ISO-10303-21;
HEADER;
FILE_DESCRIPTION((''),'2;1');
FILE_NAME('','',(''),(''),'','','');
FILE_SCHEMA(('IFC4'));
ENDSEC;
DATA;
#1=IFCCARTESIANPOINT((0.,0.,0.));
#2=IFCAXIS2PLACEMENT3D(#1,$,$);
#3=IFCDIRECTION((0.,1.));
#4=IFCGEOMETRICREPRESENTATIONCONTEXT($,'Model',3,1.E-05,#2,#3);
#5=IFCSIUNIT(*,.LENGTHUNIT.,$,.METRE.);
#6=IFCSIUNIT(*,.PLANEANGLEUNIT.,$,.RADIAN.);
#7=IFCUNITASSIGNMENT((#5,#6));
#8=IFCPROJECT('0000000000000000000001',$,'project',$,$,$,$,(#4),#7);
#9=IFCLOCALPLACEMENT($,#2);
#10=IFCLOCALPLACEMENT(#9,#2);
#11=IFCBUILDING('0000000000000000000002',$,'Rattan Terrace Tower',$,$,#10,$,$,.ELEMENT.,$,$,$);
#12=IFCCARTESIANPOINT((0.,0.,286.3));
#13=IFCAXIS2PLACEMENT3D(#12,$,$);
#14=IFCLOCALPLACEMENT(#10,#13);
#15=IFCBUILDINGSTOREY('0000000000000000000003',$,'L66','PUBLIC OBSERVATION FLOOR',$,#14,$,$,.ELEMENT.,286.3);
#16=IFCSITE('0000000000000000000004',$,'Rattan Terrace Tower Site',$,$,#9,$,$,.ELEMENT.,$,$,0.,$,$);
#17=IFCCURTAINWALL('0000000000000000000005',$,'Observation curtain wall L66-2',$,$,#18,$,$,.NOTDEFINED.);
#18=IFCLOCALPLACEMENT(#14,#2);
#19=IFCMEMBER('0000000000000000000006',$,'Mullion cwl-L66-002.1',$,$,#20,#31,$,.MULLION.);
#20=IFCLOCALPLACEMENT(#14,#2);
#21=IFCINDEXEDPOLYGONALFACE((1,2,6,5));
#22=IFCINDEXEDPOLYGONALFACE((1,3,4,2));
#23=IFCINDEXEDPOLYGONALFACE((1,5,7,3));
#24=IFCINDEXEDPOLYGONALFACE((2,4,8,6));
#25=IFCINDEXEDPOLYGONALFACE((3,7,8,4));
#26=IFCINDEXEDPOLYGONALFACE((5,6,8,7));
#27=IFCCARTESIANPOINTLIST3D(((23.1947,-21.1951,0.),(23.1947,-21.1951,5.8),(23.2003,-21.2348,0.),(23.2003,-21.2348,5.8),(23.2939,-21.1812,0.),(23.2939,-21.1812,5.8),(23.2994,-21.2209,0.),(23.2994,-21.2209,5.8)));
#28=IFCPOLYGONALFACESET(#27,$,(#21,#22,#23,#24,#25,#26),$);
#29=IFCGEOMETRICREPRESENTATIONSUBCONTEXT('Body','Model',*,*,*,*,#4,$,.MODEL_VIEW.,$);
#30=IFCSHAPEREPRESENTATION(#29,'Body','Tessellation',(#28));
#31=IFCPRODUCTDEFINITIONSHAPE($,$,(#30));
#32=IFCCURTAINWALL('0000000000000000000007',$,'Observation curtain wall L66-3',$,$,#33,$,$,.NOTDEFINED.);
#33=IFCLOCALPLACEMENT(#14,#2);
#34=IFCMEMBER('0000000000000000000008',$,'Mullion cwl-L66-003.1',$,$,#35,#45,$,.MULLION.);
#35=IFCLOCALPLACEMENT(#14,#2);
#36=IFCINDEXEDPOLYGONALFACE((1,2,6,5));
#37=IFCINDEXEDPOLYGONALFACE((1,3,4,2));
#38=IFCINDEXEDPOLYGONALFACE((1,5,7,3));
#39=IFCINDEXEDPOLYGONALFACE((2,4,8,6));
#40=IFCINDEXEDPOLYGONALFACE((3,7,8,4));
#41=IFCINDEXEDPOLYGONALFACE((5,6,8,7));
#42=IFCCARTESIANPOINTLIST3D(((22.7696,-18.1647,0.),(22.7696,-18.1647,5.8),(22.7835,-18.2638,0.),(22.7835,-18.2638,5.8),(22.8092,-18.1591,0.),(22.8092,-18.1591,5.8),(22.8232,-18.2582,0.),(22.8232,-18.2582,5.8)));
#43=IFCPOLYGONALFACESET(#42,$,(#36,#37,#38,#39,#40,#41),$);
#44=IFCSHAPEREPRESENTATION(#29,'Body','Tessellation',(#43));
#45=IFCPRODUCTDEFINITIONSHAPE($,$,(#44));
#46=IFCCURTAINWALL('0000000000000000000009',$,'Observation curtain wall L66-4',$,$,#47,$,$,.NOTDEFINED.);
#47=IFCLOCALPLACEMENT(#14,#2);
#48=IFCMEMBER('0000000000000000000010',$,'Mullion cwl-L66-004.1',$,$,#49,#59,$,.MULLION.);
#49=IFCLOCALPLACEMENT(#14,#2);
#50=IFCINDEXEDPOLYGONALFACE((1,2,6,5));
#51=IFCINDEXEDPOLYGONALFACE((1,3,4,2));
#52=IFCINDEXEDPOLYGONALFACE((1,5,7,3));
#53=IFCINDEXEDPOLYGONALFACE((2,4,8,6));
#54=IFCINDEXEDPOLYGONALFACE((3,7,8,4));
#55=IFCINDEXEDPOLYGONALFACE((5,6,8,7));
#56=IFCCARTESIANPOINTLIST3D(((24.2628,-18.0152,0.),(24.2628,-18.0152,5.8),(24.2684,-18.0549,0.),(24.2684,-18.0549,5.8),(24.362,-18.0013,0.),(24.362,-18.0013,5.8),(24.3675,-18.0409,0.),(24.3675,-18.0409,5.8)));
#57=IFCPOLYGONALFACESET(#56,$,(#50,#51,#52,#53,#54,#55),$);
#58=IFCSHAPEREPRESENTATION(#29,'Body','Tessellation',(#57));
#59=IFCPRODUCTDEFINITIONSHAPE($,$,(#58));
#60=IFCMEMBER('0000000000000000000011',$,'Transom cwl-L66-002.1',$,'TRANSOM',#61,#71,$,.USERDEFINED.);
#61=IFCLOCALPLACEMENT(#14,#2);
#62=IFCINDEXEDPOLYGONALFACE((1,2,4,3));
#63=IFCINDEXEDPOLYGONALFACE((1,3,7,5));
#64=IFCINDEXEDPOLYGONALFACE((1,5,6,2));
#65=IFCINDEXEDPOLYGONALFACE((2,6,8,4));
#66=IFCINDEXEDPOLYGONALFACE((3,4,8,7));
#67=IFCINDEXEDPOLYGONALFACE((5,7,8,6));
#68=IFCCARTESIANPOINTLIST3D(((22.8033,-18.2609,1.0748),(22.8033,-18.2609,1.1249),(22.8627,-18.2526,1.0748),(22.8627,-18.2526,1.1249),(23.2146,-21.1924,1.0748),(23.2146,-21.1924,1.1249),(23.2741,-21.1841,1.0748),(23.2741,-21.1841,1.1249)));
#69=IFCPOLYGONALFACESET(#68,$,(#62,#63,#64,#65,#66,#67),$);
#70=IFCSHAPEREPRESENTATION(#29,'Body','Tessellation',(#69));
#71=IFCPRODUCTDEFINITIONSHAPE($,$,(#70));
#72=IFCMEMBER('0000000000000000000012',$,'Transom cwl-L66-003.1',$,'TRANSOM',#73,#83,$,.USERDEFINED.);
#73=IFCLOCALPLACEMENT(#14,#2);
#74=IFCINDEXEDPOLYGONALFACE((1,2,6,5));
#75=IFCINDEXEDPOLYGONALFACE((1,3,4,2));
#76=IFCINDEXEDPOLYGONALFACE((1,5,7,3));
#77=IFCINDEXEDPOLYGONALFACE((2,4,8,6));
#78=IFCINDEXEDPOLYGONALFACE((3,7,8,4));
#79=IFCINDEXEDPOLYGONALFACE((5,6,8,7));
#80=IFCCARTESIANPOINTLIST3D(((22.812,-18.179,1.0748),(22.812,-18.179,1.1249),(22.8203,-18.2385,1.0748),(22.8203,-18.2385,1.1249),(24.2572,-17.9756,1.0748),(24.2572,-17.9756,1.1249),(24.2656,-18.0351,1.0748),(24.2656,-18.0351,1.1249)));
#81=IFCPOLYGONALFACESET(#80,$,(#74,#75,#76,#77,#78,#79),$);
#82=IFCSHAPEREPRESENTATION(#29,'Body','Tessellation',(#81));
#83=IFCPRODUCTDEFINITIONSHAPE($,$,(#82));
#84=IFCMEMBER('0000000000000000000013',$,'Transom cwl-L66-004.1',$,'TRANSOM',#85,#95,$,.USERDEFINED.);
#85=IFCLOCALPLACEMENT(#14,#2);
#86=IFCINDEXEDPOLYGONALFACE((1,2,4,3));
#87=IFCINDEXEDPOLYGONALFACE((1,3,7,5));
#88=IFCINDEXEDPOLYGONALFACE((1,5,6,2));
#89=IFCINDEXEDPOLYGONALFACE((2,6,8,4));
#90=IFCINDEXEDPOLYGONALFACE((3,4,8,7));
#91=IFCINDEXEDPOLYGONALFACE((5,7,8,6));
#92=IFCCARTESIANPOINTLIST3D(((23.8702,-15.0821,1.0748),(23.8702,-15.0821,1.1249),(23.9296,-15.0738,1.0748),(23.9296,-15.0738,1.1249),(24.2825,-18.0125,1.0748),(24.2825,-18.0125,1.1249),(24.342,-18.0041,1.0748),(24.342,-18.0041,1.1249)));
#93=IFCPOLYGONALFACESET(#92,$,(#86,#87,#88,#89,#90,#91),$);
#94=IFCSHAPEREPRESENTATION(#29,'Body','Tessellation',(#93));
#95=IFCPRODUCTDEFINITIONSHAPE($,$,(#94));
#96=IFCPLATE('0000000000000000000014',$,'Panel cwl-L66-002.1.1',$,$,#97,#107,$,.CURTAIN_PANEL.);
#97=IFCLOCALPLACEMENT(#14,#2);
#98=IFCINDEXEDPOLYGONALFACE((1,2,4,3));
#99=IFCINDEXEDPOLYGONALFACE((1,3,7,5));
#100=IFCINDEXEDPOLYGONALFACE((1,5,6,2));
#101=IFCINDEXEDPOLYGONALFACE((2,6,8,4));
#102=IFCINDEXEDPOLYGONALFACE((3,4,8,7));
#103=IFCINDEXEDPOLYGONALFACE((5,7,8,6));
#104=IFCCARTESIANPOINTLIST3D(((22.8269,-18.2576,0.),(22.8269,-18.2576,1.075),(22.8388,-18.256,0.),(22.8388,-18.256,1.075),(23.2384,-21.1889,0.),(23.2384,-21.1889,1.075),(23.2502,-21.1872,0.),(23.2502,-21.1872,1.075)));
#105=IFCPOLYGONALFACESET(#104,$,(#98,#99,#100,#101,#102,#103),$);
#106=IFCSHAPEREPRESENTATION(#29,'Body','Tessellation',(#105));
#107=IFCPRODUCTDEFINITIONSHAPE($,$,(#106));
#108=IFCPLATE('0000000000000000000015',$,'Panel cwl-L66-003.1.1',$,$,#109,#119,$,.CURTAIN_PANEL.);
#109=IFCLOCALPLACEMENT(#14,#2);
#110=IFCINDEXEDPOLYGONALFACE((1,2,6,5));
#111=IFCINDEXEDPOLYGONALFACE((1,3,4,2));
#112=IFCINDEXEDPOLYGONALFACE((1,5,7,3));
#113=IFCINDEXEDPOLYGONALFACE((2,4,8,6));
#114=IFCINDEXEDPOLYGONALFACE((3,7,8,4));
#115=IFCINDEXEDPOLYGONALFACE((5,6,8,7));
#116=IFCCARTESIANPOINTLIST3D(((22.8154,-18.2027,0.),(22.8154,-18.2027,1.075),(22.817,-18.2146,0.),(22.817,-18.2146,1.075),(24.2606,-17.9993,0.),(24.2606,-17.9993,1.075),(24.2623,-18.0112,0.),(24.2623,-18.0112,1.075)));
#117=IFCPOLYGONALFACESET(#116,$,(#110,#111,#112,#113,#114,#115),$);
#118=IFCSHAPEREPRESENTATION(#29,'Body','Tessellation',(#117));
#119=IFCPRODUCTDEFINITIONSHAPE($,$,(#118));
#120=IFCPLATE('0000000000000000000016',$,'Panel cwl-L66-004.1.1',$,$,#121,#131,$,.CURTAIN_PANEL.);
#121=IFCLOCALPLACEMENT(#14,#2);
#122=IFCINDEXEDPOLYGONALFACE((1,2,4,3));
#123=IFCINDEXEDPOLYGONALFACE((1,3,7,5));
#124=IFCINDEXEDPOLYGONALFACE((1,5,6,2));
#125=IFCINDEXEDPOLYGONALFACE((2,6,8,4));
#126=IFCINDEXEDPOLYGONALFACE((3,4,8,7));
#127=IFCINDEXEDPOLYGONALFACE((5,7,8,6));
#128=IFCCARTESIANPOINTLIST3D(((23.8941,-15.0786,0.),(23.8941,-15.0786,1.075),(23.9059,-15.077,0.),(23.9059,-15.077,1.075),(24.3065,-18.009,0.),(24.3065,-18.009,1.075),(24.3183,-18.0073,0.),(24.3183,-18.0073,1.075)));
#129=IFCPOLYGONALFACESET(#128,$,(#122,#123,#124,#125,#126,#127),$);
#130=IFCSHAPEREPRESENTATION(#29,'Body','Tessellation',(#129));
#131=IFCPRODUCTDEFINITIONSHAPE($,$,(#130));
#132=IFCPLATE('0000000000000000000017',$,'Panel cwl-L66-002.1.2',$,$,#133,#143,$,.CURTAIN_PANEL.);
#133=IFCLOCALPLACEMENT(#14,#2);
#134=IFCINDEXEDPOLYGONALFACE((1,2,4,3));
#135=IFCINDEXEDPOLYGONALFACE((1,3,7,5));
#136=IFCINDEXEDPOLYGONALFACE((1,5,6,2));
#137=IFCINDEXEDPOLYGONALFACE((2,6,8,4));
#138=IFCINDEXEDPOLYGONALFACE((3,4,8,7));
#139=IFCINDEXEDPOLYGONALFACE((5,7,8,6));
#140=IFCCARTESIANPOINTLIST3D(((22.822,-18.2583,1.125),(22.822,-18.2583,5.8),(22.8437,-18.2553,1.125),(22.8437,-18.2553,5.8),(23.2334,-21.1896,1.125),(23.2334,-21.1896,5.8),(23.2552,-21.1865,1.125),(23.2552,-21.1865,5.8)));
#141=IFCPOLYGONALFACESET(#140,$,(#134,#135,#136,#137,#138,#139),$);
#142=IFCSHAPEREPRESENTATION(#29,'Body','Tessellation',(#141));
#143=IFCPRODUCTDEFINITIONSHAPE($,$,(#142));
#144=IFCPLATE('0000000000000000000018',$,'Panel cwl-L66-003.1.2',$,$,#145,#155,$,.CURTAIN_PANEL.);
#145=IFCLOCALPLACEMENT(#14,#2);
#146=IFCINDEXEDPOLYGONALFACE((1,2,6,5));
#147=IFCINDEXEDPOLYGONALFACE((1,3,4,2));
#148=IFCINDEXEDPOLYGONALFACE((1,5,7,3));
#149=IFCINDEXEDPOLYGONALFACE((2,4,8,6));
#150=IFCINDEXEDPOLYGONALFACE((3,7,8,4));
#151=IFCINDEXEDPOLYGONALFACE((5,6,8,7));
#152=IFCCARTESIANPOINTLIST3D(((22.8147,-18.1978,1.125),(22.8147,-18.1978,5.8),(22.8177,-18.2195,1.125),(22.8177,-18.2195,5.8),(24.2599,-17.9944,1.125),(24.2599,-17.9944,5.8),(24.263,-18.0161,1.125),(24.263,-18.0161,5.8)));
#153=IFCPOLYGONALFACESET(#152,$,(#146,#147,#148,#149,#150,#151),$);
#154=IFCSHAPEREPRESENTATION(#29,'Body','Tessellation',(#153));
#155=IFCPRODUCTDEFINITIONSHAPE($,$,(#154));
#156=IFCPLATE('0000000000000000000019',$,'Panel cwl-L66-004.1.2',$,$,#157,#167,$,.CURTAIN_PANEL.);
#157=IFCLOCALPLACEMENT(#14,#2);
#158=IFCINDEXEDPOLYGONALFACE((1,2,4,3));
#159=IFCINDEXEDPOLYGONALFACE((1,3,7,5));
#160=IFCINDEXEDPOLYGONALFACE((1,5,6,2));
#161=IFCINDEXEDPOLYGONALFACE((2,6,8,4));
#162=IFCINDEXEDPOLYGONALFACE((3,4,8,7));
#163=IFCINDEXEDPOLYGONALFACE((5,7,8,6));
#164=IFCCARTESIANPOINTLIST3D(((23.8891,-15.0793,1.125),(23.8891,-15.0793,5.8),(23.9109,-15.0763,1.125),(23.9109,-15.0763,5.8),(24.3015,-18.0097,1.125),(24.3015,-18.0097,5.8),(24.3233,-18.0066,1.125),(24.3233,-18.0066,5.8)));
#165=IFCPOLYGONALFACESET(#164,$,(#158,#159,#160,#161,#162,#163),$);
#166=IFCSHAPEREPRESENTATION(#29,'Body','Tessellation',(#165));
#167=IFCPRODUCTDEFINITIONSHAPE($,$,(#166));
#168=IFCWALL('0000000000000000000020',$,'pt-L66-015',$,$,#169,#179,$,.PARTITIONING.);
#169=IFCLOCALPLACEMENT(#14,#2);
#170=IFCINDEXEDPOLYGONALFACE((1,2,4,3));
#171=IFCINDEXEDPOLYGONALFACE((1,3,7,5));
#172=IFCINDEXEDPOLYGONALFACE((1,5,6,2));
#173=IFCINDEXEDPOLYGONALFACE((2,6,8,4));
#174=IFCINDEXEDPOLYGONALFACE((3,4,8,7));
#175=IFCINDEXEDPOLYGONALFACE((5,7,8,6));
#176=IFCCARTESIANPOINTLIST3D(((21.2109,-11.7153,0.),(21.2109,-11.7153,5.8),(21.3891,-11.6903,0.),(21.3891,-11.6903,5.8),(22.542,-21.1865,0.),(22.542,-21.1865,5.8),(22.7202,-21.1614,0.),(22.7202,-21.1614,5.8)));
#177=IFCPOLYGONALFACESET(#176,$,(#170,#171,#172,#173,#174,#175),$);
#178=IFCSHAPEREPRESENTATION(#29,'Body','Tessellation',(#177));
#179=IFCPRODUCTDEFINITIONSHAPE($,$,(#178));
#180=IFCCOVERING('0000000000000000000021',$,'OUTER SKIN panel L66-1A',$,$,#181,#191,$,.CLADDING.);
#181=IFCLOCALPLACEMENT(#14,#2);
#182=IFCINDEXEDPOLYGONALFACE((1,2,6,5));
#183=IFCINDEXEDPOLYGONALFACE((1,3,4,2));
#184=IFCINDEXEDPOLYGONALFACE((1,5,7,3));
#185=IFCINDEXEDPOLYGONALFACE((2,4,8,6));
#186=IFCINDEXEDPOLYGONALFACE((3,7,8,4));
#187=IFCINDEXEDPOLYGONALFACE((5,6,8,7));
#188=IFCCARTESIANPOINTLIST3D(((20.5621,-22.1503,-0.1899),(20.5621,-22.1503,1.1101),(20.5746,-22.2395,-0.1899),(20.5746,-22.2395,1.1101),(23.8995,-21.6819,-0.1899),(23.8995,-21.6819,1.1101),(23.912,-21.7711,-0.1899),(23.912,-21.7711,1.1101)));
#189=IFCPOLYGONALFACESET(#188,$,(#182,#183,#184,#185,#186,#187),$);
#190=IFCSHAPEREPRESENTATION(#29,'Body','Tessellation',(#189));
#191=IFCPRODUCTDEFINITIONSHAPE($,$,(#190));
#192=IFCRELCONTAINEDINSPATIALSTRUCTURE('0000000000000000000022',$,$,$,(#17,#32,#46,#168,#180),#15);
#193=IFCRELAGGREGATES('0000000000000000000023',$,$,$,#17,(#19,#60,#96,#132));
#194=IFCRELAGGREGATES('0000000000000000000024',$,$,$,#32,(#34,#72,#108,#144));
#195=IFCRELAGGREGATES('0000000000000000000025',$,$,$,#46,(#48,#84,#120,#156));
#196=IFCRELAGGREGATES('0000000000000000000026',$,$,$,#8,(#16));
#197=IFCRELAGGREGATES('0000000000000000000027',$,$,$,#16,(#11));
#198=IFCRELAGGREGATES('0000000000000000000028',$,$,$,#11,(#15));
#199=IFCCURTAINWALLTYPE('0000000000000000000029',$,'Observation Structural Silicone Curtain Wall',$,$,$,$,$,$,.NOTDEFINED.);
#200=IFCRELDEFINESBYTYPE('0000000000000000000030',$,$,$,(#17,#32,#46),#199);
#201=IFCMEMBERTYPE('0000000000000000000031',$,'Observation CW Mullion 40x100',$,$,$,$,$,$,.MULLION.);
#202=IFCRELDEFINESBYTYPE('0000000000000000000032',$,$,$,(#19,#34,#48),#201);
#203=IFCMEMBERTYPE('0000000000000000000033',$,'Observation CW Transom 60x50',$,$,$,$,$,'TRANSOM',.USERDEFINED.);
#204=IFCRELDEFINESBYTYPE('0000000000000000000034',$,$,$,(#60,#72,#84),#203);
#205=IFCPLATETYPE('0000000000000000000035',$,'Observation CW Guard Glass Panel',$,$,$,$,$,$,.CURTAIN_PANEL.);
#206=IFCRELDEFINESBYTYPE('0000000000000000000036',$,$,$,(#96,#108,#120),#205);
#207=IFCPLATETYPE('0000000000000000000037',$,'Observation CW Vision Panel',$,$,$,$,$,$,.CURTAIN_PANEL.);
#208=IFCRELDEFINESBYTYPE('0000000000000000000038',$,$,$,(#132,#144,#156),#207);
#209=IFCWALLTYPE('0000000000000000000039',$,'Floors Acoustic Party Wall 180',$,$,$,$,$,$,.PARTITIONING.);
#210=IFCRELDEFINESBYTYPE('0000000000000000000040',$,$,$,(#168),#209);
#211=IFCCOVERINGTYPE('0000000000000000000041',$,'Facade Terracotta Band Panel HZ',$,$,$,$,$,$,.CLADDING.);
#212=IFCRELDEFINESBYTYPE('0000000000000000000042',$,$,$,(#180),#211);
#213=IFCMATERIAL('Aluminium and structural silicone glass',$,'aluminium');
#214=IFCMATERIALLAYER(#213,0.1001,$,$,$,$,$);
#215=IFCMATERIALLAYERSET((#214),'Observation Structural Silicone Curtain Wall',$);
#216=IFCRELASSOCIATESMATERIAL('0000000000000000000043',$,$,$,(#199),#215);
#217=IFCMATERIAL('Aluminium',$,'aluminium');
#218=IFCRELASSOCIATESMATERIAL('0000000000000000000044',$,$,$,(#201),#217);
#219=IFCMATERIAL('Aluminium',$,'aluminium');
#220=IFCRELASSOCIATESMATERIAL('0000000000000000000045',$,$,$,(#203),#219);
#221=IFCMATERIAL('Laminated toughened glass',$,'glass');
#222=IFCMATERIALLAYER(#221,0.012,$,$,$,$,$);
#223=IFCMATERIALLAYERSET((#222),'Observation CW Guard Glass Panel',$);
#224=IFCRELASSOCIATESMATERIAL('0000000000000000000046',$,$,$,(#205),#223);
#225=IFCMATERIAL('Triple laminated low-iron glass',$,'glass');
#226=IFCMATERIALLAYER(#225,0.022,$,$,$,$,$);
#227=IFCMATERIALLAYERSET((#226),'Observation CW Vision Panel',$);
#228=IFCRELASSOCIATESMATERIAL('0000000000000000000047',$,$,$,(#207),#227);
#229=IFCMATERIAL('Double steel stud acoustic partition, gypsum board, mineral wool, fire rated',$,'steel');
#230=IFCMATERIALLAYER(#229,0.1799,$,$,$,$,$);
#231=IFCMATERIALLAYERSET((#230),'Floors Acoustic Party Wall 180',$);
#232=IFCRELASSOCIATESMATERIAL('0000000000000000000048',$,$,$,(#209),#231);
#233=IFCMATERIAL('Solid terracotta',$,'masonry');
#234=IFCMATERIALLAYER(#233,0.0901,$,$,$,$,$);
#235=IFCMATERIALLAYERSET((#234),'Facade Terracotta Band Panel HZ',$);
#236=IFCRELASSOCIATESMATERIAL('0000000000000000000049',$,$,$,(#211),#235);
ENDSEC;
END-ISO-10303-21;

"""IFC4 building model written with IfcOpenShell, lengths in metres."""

from ifc_helpers import new_model, si_unit, direction, frame, frame_2d, origin, origin_2d, place, context, subcontext, project, spatial, rectangle, extrude, material, layer, layer_set, material_profile, profile_set, type_object, element, aggregate, save


model = new_model("IFC4")

# Units and contexts
model_context = context("Model", 3, precision=1e-05, world=origin(), true_north=direction((0.0, 1.0)))
body_context = subcontext(model_context, "Body", "Model", "MODEL_VIEW")
ifc_project = project(units=[si_unit("LENGTHUNIT", "METRE"), si_unit("PLANEANGLEUNIT", "RADIAN")], contexts=[model_context])

# Site, building, storey
site_placement = place(None, origin())
site = spatial("IfcSite", under=ifc_project, at=site_placement, Name="Rattan Terrace Tower Site", CompositionType="ELEMENT", RefElevation=0.0)
building_placement = place(site_placement, origin())
building = spatial("IfcBuilding", under=site, at=building_placement, Name="Rattan Terrace Tower", CompositionType="ELEMENT")
storey_placement = place(building_placement, frame((0.0, 0.0, 286.3)))
storey = spatial("IfcBuildingStorey", under=building, at=storey_placement, Name="L66", Description="PUBLIC OBSERVATION FLOOR", CompositionType="ELEMENT", Elevation=286.3)

# Curtain walls, members
ifc_material_1 = material(Name="Aluminium and structural silicone glass", Category="aluminium")
ifc_layer_1 = layer(ifc_material_1, 0.1001)
ifc_layer_set_1 = layer_set([ifc_layer_1], Name="Observation Structural Silicone Curtain Wall")
curtain_wall_type = type_object("IfcCurtainWallType", Name="Observation Structural Silicone Curtain Wall", PredefinedType="NOTDEFINED", material=ifc_layer_set_1)
curtain_wall_1_placement = place(storey_placement, origin())
curtain_wall_1 = element("IfcCurtainWall", 1, at=curtain_wall_1_placement, inside=storey, type_object=curtain_wall_type, Name="Observation curtain wall L66-2", PredefinedType="NOTDEFINED")
ifc_material_2 = material(Name="Aluminium", Category="aluminium")
ifc_material_profile_1 = material_profile(ifc_material_2, rectangle(XDim=0.04, YDim=0.1001, at=origin_2d()), Name="Aluminium 40x100")
ifc_profile_set_1 = profile_set([ifc_material_profile_1], Name="Aluminium")
member_type_1 = type_object("IfcMemberType", Name="Observation CW Mullion 40x100", PredefinedType="MULLION", material=ifc_profile_set_1)
member_1_placement = place(storey_placement, frame((23.2471, -21.208, 0.0), z_axis=(0.0, 0.0, 1.0), x_axis=(-0.138994, 0.990293, 0.0)))
member_1 = element("IfcMember", 2, at=member_1_placement, type_object=member_type_1, Name="Mullion cwl-L66-002.1", PredefinedType="MULLION", context=body_context, shape_type="SweptSolid", body=[
    extrude(rectangle(XDim=0.04, YDim=0.1001, at=origin_2d()), origin(), (0.0, 0.0, 1.0), 5.8),
])
curtain_wall_2_placement = place(storey_placement, origin())
curtain_wall_2 = element("IfcCurtainWall", 3, at=curtain_wall_2_placement, inside=storey, type_object=curtain_wall_type, Name="Observation curtain wall L66-3", PredefinedType="NOTDEFINED")
member_2_placement = place(storey_placement, frame((22.7964, -18.2114, 0.0), z_axis=(0.0, 0.0, 1.0), x_axis=(0.990241, 0.139367, 0.0)))
member_2 = element("IfcMember", 4, at=member_2_placement, type_object=member_type_1, Name="Mullion cwl-L66-003.1", PredefinedType="MULLION", context=body_context, shape_type="SweptSolid", body=[
    extrude(rectangle(XDim=0.04, YDim=0.1001, at=origin_2d()), origin(), (0.0, 0.0, 1.0), 5.8),
])
curtain_wall_3_placement = place(storey_placement, origin())
curtain_wall_3 = element("IfcCurtainWall", 5, at=curtain_wall_3_placement, inside=storey, type_object=curtain_wall_type, Name="Observation curtain wall L66-4", PredefinedType="NOTDEFINED")
member_3_placement = place(storey_placement, frame((24.3152, -18.0281, 0.0), z_axis=(0.0, 0.0, 1.0), x_axis=(-0.139367, 0.990241, 0.0)))
member_3 = element("IfcMember", 6, at=member_3_placement, type_object=member_type_1, Name="Mullion cwl-L66-004.1", PredefinedType="MULLION", context=body_context, shape_type="SweptSolid", body=[
    extrude(rectangle(XDim=0.04, YDim=0.1001, at=origin_2d()), origin(), (0.0, 0.0, 1.0), 5.8),
])

# Members
ifc_material_3 = material(Name="Aluminium", Category="aluminium")
ifc_material_profile_2 = material_profile(ifc_material_3, rectangle(XDim=0.0601, YDim=0.05, at=origin_2d()), Name="Aluminium 60x50")
ifc_profile_set_2 = profile_set([ifc_material_profile_2], Name="Aluminium")
member_type_2 = type_object("IfcMemberType", Name="Observation CW Transom 60x50", ElementType="TRANSOM", PredefinedType="USERDEFINED", material=ifc_profile_set_2)
member_4_placement = place(storey_placement, frame((23.2444, -21.1882, 1.0999), z_axis=(-0.138973, 0.990296, 0.0), x_axis=(-0.990296, -0.138973, 0.0)))
member_4 = element("IfcMember", 7, at=member_4_placement, type_object=member_type_2, Name="Transom cwl-L66-002.1", ObjectType="TRANSOM", PredefinedType="USERDEFINED", context=body_context, shape_type="SweptSolid", body=[
    extrude(rectangle(XDim=0.0601, YDim=0.05, at=origin_2d()), origin(), (0.0, 0.0, 1.0), 2.9602),
])
member_5_placement = place(storey_placement, frame((22.8162, -18.2087, 1.0999), z_axis=(0.990245, 0.139337, 0.0), x_axis=(-0.139337, 0.990245, 0.0)))
member_5 = element("IfcMember", 8, at=member_5_placement, type_object=member_type_2, Name="Transom cwl-L66-003.1", ObjectType="TRANSOM", PredefinedType="USERDEFINED", context=body_context, shape_type="SweptSolid", body=[
    extrude(rectangle(XDim=0.0601, YDim=0.05, at=origin_2d()), origin(), (0.0, 0.0, 1.0), 1.4595),
])
member_6_placement = place(storey_placement, frame((24.3123, -18.0083, 1.0999), z_axis=(-0.139342, 0.990244, 0.0), x_axis=(-0.990244, -0.139342, 0.0)))
member_6 = element("IfcMember", 9, at=member_6_placement, type_object=member_type_2, Name="Transom cwl-L66-004.1", ObjectType="TRANSOM", PredefinedType="USERDEFINED", context=body_context, shape_type="SweptSolid", body=[
    extrude(rectangle(XDim=0.0601, YDim=0.05, at=origin_2d()), origin(), (0.0, 0.0, 1.0), 2.9592),
])

# Plates
ifc_material_4 = material(Name="Laminated toughened glass", Category="glass")
ifc_layer_2 = layer(ifc_material_4, 0.012)
ifc_layer_set_2 = layer_set([ifc_layer_2], Name="Observation CW Guard Glass Panel")
plate_type_1 = type_object("IfcPlateType", Name="Observation CW Guard Glass Panel", PredefinedType="CURTAIN_PANEL", material=ifc_layer_set_2)
plate_1_placement = place(storey_placement, frame((23.0386, -19.7224, 0.0), z_axis=(0.0, 0.0, 1.0), x_axis=(-0.138994, 0.990293, 0.0)))
plate_1 = element("IfcPlate", 10, at=plate_1_placement, type_object=plate_type_1, Name="Panel cwl-L66-002.1.1", PredefinedType="CURTAIN_PANEL", context=body_context, shape_type="SweptSolid", body=[
    extrude(rectangle(XDim=2.96, YDim=0.012, at=origin_2d()), origin(), (0.0, 0.0, 1.0), 1.075),
])
plate_2_placement = place(storey_placement, frame((23.5388, -18.1069, 0.0), z_axis=(0.0, 0.0, 1.0), x_axis=(0.990241, 0.139367, 0.0)))
plate_2 = element("IfcPlate", 11, at=plate_2_placement, type_object=plate_type_1, Name="Panel cwl-L66-003.1.1", PredefinedType="CURTAIN_PANEL", context=body_context, shape_type="SweptSolid", body=[
    extrude(rectangle(XDim=1.4595, YDim=0.012, at=origin_2d()), origin(), (0.0, 0.0, 1.0), 1.075),
])
plate_3_placement = place(storey_placement, frame((24.1062, -16.543, 0.0), z_axis=(0.0, 0.0, 1.0), x_axis=(-0.139367, 0.990241, 0.0)))
plate_3 = element("IfcPlate", 12, at=plate_3_placement, type_object=plate_type_1, Name="Panel cwl-L66-004.1.1", PredefinedType="CURTAIN_PANEL", context=body_context, shape_type="SweptSolid", body=[
    extrude(rectangle(XDim=2.9592, YDim=0.012, at=origin_2d()), origin(), (0.0, 0.0, 1.0), 1.075),
])
ifc_material_5 = material(Name="Triple laminated low-iron glass", Category="glass")
ifc_layer_3 = layer(ifc_material_5, 0.022)
ifc_layer_set_3 = layer_set([ifc_layer_3], Name="Observation CW Vision Panel")
plate_type_2 = type_object("IfcPlateType", Name="Observation CW Vision Panel", PredefinedType="CURTAIN_PANEL", material=ifc_layer_set_3)
plate_4_placement = place(storey_placement, frame((23.0386, -19.7224, 1.125), z_axis=(0.0, 0.0, 1.0), x_axis=(-0.138994, 0.990293, 0.0)))
plate_4 = element("IfcPlate", 13, at=plate_4_placement, type_object=plate_type_2, Name="Panel cwl-L66-002.1.2", PredefinedType="CURTAIN_PANEL", context=body_context, shape_type="SweptSolid", body=[
    extrude(rectangle(XDim=2.96, YDim=0.022, at=origin_2d()), origin(), (0.0, 0.0, 1.0), 4.675),
])
aggregate(curtain_wall_1, [member_1, member_4, plate_1, plate_4])
plate_5_placement = place(storey_placement, frame((23.5388, -18.1069, 1.125), z_axis=(0.0, 0.0, 1.0), x_axis=(0.990241, 0.139367, 0.0)))
plate_5 = element("IfcPlate", 14, at=plate_5_placement, type_object=plate_type_2, Name="Panel cwl-L66-003.1.2", PredefinedType="CURTAIN_PANEL", context=body_context, shape_type="SweptSolid", body=[
    extrude(rectangle(XDim=1.4595, YDim=0.022, at=origin_2d()), origin(), (0.0, 0.0, 1.0), 4.675),
])
aggregate(curtain_wall_2, [member_2, member_5, plate_2, plate_5])
plate_6_placement = place(storey_placement, frame((24.1062, -16.543, 1.125), z_axis=(0.0, 0.0, 1.0), x_axis=(-0.139367, 0.990241, 0.0)))
plate_6 = element("IfcPlate", 15, at=plate_6_placement, type_object=plate_type_2, Name="Panel cwl-L66-004.1.2", PredefinedType="CURTAIN_PANEL", context=body_context, shape_type="SweptSolid", body=[
    extrude(rectangle(XDim=2.9592, YDim=0.022, at=origin_2d()), origin(), (0.0, 0.0, 1.0), 4.675),
])
aggregate(curtain_wall_3, [member_3, member_6, plate_3, plate_6])

# Wall
ifc_material_6 = material(Name="Double steel stud acoustic partition, gypsum board, mineral wool, fire rated", Category="steel")
ifc_layer_4 = layer(ifc_material_6, 0.1799)
ifc_layer_set_4 = layer_set([ifc_layer_4], Name="Floors Acoustic Party Wall 180")
wall_type = type_object("IfcWallType", Name="Floors Acoustic Party Wall 180", PredefinedType="PARTITIONING", material=ifc_layer_set_4)
wall_placement = place(storey_placement, frame((22.6311, -21.1741, 0.0), z_axis=(0.0, 0.0, 1.0), x_axis=(-0.13917, 0.990269, 0.0)))
element("IfcWall", 16, at=wall_placement, inside=storey, type_object=wall_type, Name="pt-L66-015", PredefinedType="PARTITIONING", context=body_context, shape_type="SweptSolid", body=[
    extrude(rectangle(XDim=9.5642, YDim=0.1799, at=frame_2d((4.7822, 0.0))), origin(), (0.0, 0.0, 1.0), 5.8),
])

# Covering
ifc_material_7 = material(Name="Solid terracotta", Category="masonry")
ifc_layer_5 = layer(ifc_material_7, 0.0901)
ifc_layer_set_5 = layer_set([ifc_layer_5], Name="Facade Terracotta Band Panel HZ")
covering_type_1 = type_object("IfcCoveringType", Name="Facade Terracotta Band Panel HZ", PredefinedType="CLADDING", material=ifc_layer_set_5)
covering_1_placement = place(storey_placement, frame((22.2371, -21.9607, -0.1899), z_axis=(0.0, 0.0, 1.0), x_axis=(0.990293, 0.138994, 0.0)))
element("IfcCovering", 17, at=covering_1_placement, inside=storey, type_object=covering_type_1, Name="OUTER SKIN panel L66-1A", PredefinedType="CLADDING", context=body_context, shape_type="SweptSolid", body=[
    extrude(rectangle(XDim=3.3701, YDim=0.0901, at=origin_2d()), origin(), (0.0, 0.0, 1.0), 1.3),
])

save(model, "model.ifc")
